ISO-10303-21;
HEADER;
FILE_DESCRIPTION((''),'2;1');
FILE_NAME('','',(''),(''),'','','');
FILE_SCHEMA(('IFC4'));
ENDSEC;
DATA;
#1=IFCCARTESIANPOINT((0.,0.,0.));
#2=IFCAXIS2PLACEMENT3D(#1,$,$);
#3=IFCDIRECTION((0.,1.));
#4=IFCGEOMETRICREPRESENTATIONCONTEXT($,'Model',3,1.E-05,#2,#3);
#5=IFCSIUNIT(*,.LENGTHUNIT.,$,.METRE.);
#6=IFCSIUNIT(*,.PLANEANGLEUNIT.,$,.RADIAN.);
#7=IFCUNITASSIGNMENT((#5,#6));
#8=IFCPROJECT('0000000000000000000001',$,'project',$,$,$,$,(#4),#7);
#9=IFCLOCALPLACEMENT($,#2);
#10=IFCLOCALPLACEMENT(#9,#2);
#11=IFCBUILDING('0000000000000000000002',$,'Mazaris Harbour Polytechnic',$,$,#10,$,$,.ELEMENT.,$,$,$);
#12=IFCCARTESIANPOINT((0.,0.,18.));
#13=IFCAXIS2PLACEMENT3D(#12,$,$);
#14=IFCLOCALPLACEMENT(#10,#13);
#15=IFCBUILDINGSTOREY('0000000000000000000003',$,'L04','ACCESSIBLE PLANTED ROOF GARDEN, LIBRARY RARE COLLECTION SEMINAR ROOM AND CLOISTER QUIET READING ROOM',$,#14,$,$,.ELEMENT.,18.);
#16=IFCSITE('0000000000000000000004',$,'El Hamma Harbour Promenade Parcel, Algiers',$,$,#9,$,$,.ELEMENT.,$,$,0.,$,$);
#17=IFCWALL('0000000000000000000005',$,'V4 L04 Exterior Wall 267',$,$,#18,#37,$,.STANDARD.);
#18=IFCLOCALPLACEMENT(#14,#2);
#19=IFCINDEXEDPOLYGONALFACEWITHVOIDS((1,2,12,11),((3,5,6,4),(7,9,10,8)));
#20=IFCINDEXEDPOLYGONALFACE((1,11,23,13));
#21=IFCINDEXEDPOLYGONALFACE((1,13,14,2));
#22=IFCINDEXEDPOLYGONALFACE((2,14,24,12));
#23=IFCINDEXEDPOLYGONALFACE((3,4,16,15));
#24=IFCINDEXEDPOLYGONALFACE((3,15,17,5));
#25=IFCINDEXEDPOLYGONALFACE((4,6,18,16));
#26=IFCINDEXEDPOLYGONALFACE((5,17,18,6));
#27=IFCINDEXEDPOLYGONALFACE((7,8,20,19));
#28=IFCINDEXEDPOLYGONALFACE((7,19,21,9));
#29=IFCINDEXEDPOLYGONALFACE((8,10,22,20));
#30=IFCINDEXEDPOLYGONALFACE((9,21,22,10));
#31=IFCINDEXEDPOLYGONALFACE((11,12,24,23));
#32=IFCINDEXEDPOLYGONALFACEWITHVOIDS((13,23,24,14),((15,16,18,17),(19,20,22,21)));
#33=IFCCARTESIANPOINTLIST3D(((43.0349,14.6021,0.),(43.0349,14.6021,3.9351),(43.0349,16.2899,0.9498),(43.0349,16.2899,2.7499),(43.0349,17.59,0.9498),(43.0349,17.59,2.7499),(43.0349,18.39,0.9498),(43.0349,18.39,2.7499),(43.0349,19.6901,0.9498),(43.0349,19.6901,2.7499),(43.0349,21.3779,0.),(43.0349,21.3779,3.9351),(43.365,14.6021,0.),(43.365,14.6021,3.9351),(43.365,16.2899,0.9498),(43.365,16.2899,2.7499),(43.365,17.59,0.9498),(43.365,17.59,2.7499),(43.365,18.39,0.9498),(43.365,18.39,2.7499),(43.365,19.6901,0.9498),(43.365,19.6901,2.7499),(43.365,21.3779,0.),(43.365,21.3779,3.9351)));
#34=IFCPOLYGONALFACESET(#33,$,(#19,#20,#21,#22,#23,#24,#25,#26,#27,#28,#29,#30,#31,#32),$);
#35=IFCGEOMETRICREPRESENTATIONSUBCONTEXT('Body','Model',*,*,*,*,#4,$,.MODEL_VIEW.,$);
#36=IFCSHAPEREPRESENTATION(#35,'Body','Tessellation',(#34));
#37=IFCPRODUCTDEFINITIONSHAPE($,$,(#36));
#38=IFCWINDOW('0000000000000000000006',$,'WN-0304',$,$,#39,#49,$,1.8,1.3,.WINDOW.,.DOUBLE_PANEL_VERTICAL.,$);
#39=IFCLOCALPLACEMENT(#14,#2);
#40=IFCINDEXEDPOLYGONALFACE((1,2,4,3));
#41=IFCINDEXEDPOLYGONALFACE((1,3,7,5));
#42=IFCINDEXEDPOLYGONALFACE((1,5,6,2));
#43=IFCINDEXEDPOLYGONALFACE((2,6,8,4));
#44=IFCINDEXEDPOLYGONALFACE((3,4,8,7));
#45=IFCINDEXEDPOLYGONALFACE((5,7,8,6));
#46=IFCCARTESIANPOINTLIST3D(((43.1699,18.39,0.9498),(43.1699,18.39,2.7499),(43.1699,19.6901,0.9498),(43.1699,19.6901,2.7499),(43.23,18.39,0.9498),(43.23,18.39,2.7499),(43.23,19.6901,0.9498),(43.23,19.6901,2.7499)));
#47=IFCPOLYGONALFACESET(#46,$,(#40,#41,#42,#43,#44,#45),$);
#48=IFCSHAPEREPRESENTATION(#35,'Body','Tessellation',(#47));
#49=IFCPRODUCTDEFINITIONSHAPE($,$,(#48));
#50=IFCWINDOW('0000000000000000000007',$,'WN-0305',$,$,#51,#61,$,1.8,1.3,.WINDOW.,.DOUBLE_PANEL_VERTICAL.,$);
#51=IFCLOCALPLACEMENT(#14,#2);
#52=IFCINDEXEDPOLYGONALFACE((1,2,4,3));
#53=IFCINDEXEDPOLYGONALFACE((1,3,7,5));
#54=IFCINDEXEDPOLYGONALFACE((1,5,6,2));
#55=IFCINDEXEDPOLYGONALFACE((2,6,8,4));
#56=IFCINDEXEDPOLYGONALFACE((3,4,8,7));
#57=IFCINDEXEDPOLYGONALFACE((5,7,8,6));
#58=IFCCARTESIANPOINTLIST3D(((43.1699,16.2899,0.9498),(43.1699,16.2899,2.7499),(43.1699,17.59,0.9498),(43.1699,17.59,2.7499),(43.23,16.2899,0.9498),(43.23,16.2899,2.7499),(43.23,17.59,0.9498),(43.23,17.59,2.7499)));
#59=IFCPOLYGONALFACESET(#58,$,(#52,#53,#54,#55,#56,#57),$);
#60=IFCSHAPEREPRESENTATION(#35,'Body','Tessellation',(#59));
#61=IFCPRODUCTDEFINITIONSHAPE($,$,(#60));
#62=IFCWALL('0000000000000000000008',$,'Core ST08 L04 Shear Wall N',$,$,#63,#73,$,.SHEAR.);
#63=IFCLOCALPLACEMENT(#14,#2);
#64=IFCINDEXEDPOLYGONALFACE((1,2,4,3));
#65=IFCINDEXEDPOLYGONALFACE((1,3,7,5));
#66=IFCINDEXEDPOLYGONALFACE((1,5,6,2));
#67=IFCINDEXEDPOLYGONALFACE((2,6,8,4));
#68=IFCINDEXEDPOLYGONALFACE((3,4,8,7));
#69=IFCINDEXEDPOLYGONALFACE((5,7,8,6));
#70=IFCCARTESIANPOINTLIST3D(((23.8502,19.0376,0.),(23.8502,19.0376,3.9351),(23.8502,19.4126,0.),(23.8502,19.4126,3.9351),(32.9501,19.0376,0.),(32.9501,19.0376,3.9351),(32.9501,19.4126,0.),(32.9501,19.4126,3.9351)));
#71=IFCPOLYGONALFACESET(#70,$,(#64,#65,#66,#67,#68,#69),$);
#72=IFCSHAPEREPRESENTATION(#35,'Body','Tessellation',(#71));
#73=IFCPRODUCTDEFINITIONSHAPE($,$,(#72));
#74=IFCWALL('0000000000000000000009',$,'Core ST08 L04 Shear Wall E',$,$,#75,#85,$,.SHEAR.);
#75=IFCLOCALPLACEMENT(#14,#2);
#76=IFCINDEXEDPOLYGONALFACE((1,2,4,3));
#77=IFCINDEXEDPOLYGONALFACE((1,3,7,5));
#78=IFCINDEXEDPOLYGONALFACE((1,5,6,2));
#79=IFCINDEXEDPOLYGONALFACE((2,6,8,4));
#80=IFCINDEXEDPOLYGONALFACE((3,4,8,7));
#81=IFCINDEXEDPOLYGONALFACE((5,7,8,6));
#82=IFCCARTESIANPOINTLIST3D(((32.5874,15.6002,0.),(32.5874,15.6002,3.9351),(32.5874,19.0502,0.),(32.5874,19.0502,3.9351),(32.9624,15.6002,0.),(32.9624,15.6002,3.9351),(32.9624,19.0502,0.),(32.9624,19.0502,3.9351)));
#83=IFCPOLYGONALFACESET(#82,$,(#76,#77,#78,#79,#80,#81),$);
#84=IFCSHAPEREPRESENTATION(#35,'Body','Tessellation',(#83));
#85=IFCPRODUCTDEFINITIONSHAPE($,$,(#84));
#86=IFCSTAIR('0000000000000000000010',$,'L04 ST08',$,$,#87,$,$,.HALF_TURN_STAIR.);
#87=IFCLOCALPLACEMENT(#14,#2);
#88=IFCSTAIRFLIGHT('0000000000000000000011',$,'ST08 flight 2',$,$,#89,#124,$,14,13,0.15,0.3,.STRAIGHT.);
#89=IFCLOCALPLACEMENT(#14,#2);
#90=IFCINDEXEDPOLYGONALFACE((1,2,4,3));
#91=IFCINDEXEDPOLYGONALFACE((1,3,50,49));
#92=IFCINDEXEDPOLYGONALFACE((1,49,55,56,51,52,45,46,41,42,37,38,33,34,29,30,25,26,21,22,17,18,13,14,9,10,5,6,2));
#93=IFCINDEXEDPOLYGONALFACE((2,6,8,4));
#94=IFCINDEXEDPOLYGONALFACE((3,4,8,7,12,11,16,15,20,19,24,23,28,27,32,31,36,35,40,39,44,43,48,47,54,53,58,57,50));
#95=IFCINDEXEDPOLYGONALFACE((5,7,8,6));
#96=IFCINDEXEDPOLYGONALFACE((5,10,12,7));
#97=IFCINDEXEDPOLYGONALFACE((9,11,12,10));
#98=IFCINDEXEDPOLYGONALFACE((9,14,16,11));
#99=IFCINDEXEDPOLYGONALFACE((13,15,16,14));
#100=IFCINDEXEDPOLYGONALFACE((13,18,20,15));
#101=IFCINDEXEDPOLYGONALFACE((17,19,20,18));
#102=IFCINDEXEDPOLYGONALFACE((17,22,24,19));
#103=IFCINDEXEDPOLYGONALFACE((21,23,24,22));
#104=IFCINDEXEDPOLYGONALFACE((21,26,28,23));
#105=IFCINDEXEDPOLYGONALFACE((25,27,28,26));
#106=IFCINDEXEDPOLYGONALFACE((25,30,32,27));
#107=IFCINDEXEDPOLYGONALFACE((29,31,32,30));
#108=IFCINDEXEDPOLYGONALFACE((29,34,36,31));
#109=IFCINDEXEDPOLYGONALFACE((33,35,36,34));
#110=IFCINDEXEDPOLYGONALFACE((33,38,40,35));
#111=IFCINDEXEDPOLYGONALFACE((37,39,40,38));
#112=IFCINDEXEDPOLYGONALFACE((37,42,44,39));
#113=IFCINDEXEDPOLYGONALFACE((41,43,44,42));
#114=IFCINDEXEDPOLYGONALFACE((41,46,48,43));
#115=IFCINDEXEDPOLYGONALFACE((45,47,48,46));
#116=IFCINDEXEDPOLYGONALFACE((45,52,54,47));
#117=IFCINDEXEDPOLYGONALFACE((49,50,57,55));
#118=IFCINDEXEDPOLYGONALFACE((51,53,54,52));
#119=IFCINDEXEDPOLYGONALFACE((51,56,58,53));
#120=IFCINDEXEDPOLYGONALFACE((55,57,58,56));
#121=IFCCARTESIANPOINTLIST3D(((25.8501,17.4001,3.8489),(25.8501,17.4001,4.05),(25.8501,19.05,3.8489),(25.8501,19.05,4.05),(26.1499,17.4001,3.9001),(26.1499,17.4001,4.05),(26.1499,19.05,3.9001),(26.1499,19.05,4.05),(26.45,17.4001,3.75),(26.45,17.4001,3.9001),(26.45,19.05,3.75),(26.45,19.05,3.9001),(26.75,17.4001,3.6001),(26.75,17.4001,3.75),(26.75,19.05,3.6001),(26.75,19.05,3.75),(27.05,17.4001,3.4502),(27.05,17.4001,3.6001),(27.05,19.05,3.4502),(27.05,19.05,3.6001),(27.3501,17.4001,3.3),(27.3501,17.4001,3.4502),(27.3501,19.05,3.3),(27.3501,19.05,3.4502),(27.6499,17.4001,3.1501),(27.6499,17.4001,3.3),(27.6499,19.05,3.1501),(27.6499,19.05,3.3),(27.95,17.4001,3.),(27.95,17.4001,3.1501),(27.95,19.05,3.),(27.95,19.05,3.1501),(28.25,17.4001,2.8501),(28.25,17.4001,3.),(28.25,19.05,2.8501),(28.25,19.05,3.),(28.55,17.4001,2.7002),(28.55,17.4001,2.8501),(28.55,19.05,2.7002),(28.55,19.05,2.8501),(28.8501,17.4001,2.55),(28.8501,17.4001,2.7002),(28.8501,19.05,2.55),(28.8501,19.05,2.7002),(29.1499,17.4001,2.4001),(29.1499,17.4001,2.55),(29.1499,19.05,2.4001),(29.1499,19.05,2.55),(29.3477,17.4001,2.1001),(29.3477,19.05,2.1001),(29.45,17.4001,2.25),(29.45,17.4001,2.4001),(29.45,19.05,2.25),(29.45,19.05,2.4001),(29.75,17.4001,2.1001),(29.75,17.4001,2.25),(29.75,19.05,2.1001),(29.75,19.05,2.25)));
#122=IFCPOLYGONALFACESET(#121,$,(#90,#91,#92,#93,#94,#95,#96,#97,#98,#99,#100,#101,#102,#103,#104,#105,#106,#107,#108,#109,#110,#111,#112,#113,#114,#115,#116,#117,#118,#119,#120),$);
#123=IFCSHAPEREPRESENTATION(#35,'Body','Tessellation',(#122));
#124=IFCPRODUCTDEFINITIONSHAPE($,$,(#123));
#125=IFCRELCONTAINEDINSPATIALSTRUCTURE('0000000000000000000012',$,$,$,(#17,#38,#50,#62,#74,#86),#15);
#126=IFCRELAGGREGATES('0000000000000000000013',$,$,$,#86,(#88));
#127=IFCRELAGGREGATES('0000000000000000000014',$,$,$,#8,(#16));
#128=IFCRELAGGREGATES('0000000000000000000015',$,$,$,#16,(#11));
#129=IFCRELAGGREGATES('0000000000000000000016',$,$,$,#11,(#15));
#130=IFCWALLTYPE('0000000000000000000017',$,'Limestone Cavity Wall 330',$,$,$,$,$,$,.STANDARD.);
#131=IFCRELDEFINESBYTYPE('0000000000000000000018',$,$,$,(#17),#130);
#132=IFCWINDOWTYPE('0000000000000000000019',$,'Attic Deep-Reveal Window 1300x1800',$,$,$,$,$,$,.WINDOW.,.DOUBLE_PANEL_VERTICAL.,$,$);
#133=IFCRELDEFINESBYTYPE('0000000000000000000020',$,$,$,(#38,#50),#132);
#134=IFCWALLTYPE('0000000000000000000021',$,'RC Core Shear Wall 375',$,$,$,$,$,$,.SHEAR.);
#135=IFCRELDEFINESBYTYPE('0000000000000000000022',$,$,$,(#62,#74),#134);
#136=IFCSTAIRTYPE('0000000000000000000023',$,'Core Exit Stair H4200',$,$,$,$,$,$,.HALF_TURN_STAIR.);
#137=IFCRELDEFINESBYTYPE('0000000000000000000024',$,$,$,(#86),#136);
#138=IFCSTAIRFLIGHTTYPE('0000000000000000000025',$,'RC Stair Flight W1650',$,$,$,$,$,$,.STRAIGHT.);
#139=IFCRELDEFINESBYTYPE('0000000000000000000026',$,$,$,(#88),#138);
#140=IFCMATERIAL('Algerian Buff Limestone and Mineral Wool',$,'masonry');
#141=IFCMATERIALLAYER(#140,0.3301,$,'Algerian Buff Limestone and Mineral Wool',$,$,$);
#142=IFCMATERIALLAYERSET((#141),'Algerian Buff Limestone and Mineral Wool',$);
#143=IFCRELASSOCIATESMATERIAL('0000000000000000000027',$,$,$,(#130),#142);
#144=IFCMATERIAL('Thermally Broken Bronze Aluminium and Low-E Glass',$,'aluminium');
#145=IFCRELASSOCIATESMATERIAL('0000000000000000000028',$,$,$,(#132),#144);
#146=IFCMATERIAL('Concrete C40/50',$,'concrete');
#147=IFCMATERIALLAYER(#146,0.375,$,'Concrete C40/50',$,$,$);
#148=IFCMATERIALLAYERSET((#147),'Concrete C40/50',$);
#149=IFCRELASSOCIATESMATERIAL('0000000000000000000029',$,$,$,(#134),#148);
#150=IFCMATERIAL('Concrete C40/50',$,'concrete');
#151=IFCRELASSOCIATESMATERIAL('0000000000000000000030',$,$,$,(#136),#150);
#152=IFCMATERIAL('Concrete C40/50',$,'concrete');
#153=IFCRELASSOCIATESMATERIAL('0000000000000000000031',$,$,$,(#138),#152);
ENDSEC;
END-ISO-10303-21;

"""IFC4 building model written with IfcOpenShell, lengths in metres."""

from ifc_helpers import new_model, si_unit, direction, frame, frame_2d, origin, place, context, subcontext, project, spatial, polyline, rectangle, outline, extrude, material, layer, layer_set, type_object, element, fill, aggregate, save


model = new_model("IFC4")

# Units and contexts
model_context = context("Model", 3, precision=1e-05, world=origin(), true_north=direction((0.0, 1.0)))
body_context = subcontext(model_context, "Body", "Model", "MODEL_VIEW")
ifc_project = project(units=[si_unit("LENGTHUNIT", "METRE"), si_unit("PLANEANGLEUNIT", "RADIAN")], contexts=[model_context])

# Site, building, storey
site_placement = place(None, origin())
site = spatial("IfcSite", under=ifc_project, at=site_placement, Name="El Hamma Harbour Promenade Parcel, Algiers", CompositionType="ELEMENT", RefElevation=0.0)
building_placement = place(site_placement, origin())
building = spatial("IfcBuilding", under=site, at=building_placement, Name="Mazaris Harbour Polytechnic", CompositionType="ELEMENT")
storey_placement = place(building_placement, frame((0.0, 0.0, 18.0)))
storey = spatial("IfcBuildingStorey", under=building, at=storey_placement, Name="L04", Description="ACCESSIBLE PLANTED ROOF GARDEN, LIBRARY RARE COLLECTION SEMINAR ROOM AND CLOISTER QUIET READING ROOM", CompositionType="ELEMENT", Elevation=18.0)

# Wall, openings, windows
ifc_material_1 = material(Name="Algerian Buff Limestone and Mineral Wool", Category="masonry")
ifc_layer_1 = layer(ifc_material_1, 0.3301, Name="Algerian Buff Limestone and Mineral Wool")
ifc_layer_set_1 = layer_set([ifc_layer_1], Name="Algerian Buff Limestone and Mineral Wool")
wall_type_1 = type_object("IfcWallType", Name="Limestone Cavity Wall 330", PredefinedType="STANDARD", material=ifc_layer_set_1)
wall_1_placement = place(storey_placement, frame((43.2, 21.3779, 0.0), z_axis=(0.0, 0.0, 1.0), x_axis=(0.0, -1.0, 0.0)))
wall_1 = element("IfcWall", 1, at=wall_1_placement, inside=storey, type_object=wall_type_1, Name="V4 L04 Exterior Wall 267", PredefinedType="STANDARD", context=body_context, shape_type="SweptSolid", body=[
    extrude(rectangle(XDim=6.7759, YDim=0.3301, at=frame_2d((3.3879, 0.0))), origin(), (0.0, 0.0, 1.0), 3.9351),
])
opening_1_placement = place(wall_1_placement, frame((1.688, 0.0, 0.95)))
opening_1 = element("IfcOpeningElement", 2, at=opening_1_placement, cuts=wall_1, PredefinedType="OPENING", context=body_context, shape_type="SweptSolid", body=[
    extrude(rectangle(XDim=1.3, YDim=1.8, at=frame_2d((0.6499, 0.8999))), frame((0.0, 0.175, 0.0), z_axis=(0.0, -1.0, 0.0), x_axis=(1.0, 0.0, 0.0)), (0.0, 0.0, 1.0), 0.3501),
])
opening_2_placement = place(wall_1_placement, frame((3.7881, 0.0, 0.95)))
opening_2 = element("IfcOpeningElement", 3, at=opening_2_placement, cuts=wall_1, PredefinedType="OPENING", context=body_context, shape_type="SweptSolid", body=[
    extrude(rectangle(XDim=1.3, YDim=1.8, at=frame_2d((0.6499, 0.8999))), frame((0.0, 0.175, 0.0), z_axis=(0.0, -1.0, 0.0), x_axis=(1.0, 0.0, 0.0)), (0.0, 0.0, 1.0), 0.3501),
])
ifc_material_2 = material(Name="Thermally Broken Bronze Aluminium and Low-E Glass", Category="aluminium")
window_type = type_object("IfcWindowType", Name="Attic Deep-Reveal Window 1300x1800", PartitioningType="DOUBLE_PANEL_VERTICAL", PredefinedType="WINDOW", material=ifc_material_2)
window_1_placement = place(opening_1_placement, origin())
window_1 = element("IfcWindow", 4, at=window_1_placement, inside=storey, type_object=window_type, Name="WN-0304", OverallHeight=1.8, OverallWidth=1.3, PartitioningType="DOUBLE_PANEL_VERTICAL", PredefinedType="WINDOW", context=body_context, shape_type="SweptSolid", body=[
    extrude(rectangle(XDim=1.3, YDim=1.8, at=frame_2d((0.6499, 0.8999))), frame((0.0, 0.03, 0.0), z_axis=(0.0, -1.0, 0.0), x_axis=(1.0, 0.0, 0.0)), (0.0, 0.0, 1.0), 0.0601),
])
fill(opening_1, window_1)
window_2_placement = place(opening_2_placement, origin())
window_2 = element("IfcWindow", 5, at=window_2_placement, inside=storey, type_object=window_type, Name="WN-0305", OverallHeight=1.8, OverallWidth=1.3, PartitioningType="DOUBLE_PANEL_VERTICAL", PredefinedType="WINDOW", context=body_context, shape_type="SweptSolid", body=[
    extrude(rectangle(XDim=1.3, YDim=1.8, at=frame_2d((0.6499, 0.8999))), frame((0.0, 0.03, 0.0), z_axis=(0.0, -1.0, 0.0), x_axis=(1.0, 0.0, 0.0)), (0.0, 0.0, 1.0), 0.0601),
])
fill(opening_2, window_2)

# Walls
ifc_material_3 = material(Name="Concrete C40/50", Category="concrete")
ifc_layer_2 = layer(ifc_material_3, 0.375, Name="Concrete C40/50")
ifc_layer_set_2 = layer_set([ifc_layer_2], Name="Concrete C40/50")
wall_type_2 = type_object("IfcWallType", Name="RC Core Shear Wall 375", PredefinedType="SHEAR", material=ifc_layer_set_2)
wall_2_placement = place(storey_placement, frame((32.95, 19.2251, 0.0), z_axis=(0.0, 0.0, 1.0), x_axis=(-1.0, 0.0, 0.0)))
element("IfcWall", 6, at=wall_2_placement, inside=storey, type_object=wall_type_2, Name="Core ST08 L04 Shear Wall N", PredefinedType="SHEAR", context=body_context, shape_type="SweptSolid", body=[
    extrude(rectangle(XDim=9.0999, YDim=0.375, at=frame_2d((4.5498, 0.0))), origin(), (0.0, 0.0, 1.0), 3.9351),
])
wall_3_placement = place(storey_placement, frame((32.7749, 15.6001, 0.0), z_axis=(0.0, 0.0, 1.0), x_axis=(0.0, 1.0, 0.0)))
element("IfcWall", 7, at=wall_3_placement, inside=storey, type_object=wall_type_2, Name="Core ST08 L04 Shear Wall E", PredefinedType="SHEAR", context=body_context, shape_type="SweptSolid", body=[
    extrude(rectangle(XDim=3.45, YDim=0.375, at=frame_2d((1.7251, 0.0))), origin(), (0.0, 0.0, 1.0), 3.9351),
])

# Stair, stair flight
ifc_material_4 = material(Name="Concrete C40/50", Category="concrete")
stair_type = type_object("IfcStairType", Name="Core Exit Stair H4200", PredefinedType="HALF_TURN_STAIR", material=ifc_material_4)
stair_placement = place(storey_placement, origin())
stair = element("IfcStair", 8, at=stair_placement, inside=storey, type_object=stair_type, Name="L04 ST08", PredefinedType="HALF_TURN_STAIR")
ifc_material_5 = material(Name="Concrete C40/50", Category="concrete")
stair_flight_type = type_object("IfcStairFlightType", Name="RC Stair Flight W1650", PredefinedType="STRAIGHT", material=ifc_material_5)
stair_flight_placement = place(storey_placement, frame((29.75, 18.2251, 2.1001), z_axis=(0.0, 0.0, 1.0), x_axis=(-1.0, 0.0, 0.0)))
stair_flight = element("IfcStairFlight", 9, at=stair_flight_placement, type_object=stair_flight_type, Name="ST08 flight 2", NumberOfRisers=14, NumberOfTreads=13, PredefinedType="STRAIGHT", RiserHeight=0.15, TreadLength=0.3, context=body_context, shape_type="SweptSolid", body=[
    extrude(outline(polyline([(0.0, 0.0), (0.0, 0.1499), (0.3, 0.1499), (0.3, 0.3), (0.6001, 0.3), (0.6001, 0.45), (0.8999, 0.45), (0.8999, 0.6001), (1.2, 0.6001), (1.2, 0.75), (1.5, 0.75), (1.5, 0.8999), (1.8, 0.8999), (1.8, 1.05), (2.1001, 1.05), (2.1001, 1.2), (2.3999, 1.2), (2.3999, 1.3501), (2.7, 1.3501), (2.7, 1.5), (3.0, 1.5), (3.0, 1.6499), (3.3, 1.6499), (3.3, 1.8), (3.6001, 1.8), (3.6001, 1.95), (3.8999, 1.95), (3.8999, 2.1001), (3.8999, 1.7488), (0.4023, 0.0), (0.0, 0.0)])), frame((0.0, 0.825, 0.0), z_axis=(0.0, -1.0, 0.0), x_axis=(1.0, 0.0, 0.0)), (0.0, 0.0, 1.0), 1.6499),
])
aggregate(stair, [stair_flight])

save(model, "model.ifc")
